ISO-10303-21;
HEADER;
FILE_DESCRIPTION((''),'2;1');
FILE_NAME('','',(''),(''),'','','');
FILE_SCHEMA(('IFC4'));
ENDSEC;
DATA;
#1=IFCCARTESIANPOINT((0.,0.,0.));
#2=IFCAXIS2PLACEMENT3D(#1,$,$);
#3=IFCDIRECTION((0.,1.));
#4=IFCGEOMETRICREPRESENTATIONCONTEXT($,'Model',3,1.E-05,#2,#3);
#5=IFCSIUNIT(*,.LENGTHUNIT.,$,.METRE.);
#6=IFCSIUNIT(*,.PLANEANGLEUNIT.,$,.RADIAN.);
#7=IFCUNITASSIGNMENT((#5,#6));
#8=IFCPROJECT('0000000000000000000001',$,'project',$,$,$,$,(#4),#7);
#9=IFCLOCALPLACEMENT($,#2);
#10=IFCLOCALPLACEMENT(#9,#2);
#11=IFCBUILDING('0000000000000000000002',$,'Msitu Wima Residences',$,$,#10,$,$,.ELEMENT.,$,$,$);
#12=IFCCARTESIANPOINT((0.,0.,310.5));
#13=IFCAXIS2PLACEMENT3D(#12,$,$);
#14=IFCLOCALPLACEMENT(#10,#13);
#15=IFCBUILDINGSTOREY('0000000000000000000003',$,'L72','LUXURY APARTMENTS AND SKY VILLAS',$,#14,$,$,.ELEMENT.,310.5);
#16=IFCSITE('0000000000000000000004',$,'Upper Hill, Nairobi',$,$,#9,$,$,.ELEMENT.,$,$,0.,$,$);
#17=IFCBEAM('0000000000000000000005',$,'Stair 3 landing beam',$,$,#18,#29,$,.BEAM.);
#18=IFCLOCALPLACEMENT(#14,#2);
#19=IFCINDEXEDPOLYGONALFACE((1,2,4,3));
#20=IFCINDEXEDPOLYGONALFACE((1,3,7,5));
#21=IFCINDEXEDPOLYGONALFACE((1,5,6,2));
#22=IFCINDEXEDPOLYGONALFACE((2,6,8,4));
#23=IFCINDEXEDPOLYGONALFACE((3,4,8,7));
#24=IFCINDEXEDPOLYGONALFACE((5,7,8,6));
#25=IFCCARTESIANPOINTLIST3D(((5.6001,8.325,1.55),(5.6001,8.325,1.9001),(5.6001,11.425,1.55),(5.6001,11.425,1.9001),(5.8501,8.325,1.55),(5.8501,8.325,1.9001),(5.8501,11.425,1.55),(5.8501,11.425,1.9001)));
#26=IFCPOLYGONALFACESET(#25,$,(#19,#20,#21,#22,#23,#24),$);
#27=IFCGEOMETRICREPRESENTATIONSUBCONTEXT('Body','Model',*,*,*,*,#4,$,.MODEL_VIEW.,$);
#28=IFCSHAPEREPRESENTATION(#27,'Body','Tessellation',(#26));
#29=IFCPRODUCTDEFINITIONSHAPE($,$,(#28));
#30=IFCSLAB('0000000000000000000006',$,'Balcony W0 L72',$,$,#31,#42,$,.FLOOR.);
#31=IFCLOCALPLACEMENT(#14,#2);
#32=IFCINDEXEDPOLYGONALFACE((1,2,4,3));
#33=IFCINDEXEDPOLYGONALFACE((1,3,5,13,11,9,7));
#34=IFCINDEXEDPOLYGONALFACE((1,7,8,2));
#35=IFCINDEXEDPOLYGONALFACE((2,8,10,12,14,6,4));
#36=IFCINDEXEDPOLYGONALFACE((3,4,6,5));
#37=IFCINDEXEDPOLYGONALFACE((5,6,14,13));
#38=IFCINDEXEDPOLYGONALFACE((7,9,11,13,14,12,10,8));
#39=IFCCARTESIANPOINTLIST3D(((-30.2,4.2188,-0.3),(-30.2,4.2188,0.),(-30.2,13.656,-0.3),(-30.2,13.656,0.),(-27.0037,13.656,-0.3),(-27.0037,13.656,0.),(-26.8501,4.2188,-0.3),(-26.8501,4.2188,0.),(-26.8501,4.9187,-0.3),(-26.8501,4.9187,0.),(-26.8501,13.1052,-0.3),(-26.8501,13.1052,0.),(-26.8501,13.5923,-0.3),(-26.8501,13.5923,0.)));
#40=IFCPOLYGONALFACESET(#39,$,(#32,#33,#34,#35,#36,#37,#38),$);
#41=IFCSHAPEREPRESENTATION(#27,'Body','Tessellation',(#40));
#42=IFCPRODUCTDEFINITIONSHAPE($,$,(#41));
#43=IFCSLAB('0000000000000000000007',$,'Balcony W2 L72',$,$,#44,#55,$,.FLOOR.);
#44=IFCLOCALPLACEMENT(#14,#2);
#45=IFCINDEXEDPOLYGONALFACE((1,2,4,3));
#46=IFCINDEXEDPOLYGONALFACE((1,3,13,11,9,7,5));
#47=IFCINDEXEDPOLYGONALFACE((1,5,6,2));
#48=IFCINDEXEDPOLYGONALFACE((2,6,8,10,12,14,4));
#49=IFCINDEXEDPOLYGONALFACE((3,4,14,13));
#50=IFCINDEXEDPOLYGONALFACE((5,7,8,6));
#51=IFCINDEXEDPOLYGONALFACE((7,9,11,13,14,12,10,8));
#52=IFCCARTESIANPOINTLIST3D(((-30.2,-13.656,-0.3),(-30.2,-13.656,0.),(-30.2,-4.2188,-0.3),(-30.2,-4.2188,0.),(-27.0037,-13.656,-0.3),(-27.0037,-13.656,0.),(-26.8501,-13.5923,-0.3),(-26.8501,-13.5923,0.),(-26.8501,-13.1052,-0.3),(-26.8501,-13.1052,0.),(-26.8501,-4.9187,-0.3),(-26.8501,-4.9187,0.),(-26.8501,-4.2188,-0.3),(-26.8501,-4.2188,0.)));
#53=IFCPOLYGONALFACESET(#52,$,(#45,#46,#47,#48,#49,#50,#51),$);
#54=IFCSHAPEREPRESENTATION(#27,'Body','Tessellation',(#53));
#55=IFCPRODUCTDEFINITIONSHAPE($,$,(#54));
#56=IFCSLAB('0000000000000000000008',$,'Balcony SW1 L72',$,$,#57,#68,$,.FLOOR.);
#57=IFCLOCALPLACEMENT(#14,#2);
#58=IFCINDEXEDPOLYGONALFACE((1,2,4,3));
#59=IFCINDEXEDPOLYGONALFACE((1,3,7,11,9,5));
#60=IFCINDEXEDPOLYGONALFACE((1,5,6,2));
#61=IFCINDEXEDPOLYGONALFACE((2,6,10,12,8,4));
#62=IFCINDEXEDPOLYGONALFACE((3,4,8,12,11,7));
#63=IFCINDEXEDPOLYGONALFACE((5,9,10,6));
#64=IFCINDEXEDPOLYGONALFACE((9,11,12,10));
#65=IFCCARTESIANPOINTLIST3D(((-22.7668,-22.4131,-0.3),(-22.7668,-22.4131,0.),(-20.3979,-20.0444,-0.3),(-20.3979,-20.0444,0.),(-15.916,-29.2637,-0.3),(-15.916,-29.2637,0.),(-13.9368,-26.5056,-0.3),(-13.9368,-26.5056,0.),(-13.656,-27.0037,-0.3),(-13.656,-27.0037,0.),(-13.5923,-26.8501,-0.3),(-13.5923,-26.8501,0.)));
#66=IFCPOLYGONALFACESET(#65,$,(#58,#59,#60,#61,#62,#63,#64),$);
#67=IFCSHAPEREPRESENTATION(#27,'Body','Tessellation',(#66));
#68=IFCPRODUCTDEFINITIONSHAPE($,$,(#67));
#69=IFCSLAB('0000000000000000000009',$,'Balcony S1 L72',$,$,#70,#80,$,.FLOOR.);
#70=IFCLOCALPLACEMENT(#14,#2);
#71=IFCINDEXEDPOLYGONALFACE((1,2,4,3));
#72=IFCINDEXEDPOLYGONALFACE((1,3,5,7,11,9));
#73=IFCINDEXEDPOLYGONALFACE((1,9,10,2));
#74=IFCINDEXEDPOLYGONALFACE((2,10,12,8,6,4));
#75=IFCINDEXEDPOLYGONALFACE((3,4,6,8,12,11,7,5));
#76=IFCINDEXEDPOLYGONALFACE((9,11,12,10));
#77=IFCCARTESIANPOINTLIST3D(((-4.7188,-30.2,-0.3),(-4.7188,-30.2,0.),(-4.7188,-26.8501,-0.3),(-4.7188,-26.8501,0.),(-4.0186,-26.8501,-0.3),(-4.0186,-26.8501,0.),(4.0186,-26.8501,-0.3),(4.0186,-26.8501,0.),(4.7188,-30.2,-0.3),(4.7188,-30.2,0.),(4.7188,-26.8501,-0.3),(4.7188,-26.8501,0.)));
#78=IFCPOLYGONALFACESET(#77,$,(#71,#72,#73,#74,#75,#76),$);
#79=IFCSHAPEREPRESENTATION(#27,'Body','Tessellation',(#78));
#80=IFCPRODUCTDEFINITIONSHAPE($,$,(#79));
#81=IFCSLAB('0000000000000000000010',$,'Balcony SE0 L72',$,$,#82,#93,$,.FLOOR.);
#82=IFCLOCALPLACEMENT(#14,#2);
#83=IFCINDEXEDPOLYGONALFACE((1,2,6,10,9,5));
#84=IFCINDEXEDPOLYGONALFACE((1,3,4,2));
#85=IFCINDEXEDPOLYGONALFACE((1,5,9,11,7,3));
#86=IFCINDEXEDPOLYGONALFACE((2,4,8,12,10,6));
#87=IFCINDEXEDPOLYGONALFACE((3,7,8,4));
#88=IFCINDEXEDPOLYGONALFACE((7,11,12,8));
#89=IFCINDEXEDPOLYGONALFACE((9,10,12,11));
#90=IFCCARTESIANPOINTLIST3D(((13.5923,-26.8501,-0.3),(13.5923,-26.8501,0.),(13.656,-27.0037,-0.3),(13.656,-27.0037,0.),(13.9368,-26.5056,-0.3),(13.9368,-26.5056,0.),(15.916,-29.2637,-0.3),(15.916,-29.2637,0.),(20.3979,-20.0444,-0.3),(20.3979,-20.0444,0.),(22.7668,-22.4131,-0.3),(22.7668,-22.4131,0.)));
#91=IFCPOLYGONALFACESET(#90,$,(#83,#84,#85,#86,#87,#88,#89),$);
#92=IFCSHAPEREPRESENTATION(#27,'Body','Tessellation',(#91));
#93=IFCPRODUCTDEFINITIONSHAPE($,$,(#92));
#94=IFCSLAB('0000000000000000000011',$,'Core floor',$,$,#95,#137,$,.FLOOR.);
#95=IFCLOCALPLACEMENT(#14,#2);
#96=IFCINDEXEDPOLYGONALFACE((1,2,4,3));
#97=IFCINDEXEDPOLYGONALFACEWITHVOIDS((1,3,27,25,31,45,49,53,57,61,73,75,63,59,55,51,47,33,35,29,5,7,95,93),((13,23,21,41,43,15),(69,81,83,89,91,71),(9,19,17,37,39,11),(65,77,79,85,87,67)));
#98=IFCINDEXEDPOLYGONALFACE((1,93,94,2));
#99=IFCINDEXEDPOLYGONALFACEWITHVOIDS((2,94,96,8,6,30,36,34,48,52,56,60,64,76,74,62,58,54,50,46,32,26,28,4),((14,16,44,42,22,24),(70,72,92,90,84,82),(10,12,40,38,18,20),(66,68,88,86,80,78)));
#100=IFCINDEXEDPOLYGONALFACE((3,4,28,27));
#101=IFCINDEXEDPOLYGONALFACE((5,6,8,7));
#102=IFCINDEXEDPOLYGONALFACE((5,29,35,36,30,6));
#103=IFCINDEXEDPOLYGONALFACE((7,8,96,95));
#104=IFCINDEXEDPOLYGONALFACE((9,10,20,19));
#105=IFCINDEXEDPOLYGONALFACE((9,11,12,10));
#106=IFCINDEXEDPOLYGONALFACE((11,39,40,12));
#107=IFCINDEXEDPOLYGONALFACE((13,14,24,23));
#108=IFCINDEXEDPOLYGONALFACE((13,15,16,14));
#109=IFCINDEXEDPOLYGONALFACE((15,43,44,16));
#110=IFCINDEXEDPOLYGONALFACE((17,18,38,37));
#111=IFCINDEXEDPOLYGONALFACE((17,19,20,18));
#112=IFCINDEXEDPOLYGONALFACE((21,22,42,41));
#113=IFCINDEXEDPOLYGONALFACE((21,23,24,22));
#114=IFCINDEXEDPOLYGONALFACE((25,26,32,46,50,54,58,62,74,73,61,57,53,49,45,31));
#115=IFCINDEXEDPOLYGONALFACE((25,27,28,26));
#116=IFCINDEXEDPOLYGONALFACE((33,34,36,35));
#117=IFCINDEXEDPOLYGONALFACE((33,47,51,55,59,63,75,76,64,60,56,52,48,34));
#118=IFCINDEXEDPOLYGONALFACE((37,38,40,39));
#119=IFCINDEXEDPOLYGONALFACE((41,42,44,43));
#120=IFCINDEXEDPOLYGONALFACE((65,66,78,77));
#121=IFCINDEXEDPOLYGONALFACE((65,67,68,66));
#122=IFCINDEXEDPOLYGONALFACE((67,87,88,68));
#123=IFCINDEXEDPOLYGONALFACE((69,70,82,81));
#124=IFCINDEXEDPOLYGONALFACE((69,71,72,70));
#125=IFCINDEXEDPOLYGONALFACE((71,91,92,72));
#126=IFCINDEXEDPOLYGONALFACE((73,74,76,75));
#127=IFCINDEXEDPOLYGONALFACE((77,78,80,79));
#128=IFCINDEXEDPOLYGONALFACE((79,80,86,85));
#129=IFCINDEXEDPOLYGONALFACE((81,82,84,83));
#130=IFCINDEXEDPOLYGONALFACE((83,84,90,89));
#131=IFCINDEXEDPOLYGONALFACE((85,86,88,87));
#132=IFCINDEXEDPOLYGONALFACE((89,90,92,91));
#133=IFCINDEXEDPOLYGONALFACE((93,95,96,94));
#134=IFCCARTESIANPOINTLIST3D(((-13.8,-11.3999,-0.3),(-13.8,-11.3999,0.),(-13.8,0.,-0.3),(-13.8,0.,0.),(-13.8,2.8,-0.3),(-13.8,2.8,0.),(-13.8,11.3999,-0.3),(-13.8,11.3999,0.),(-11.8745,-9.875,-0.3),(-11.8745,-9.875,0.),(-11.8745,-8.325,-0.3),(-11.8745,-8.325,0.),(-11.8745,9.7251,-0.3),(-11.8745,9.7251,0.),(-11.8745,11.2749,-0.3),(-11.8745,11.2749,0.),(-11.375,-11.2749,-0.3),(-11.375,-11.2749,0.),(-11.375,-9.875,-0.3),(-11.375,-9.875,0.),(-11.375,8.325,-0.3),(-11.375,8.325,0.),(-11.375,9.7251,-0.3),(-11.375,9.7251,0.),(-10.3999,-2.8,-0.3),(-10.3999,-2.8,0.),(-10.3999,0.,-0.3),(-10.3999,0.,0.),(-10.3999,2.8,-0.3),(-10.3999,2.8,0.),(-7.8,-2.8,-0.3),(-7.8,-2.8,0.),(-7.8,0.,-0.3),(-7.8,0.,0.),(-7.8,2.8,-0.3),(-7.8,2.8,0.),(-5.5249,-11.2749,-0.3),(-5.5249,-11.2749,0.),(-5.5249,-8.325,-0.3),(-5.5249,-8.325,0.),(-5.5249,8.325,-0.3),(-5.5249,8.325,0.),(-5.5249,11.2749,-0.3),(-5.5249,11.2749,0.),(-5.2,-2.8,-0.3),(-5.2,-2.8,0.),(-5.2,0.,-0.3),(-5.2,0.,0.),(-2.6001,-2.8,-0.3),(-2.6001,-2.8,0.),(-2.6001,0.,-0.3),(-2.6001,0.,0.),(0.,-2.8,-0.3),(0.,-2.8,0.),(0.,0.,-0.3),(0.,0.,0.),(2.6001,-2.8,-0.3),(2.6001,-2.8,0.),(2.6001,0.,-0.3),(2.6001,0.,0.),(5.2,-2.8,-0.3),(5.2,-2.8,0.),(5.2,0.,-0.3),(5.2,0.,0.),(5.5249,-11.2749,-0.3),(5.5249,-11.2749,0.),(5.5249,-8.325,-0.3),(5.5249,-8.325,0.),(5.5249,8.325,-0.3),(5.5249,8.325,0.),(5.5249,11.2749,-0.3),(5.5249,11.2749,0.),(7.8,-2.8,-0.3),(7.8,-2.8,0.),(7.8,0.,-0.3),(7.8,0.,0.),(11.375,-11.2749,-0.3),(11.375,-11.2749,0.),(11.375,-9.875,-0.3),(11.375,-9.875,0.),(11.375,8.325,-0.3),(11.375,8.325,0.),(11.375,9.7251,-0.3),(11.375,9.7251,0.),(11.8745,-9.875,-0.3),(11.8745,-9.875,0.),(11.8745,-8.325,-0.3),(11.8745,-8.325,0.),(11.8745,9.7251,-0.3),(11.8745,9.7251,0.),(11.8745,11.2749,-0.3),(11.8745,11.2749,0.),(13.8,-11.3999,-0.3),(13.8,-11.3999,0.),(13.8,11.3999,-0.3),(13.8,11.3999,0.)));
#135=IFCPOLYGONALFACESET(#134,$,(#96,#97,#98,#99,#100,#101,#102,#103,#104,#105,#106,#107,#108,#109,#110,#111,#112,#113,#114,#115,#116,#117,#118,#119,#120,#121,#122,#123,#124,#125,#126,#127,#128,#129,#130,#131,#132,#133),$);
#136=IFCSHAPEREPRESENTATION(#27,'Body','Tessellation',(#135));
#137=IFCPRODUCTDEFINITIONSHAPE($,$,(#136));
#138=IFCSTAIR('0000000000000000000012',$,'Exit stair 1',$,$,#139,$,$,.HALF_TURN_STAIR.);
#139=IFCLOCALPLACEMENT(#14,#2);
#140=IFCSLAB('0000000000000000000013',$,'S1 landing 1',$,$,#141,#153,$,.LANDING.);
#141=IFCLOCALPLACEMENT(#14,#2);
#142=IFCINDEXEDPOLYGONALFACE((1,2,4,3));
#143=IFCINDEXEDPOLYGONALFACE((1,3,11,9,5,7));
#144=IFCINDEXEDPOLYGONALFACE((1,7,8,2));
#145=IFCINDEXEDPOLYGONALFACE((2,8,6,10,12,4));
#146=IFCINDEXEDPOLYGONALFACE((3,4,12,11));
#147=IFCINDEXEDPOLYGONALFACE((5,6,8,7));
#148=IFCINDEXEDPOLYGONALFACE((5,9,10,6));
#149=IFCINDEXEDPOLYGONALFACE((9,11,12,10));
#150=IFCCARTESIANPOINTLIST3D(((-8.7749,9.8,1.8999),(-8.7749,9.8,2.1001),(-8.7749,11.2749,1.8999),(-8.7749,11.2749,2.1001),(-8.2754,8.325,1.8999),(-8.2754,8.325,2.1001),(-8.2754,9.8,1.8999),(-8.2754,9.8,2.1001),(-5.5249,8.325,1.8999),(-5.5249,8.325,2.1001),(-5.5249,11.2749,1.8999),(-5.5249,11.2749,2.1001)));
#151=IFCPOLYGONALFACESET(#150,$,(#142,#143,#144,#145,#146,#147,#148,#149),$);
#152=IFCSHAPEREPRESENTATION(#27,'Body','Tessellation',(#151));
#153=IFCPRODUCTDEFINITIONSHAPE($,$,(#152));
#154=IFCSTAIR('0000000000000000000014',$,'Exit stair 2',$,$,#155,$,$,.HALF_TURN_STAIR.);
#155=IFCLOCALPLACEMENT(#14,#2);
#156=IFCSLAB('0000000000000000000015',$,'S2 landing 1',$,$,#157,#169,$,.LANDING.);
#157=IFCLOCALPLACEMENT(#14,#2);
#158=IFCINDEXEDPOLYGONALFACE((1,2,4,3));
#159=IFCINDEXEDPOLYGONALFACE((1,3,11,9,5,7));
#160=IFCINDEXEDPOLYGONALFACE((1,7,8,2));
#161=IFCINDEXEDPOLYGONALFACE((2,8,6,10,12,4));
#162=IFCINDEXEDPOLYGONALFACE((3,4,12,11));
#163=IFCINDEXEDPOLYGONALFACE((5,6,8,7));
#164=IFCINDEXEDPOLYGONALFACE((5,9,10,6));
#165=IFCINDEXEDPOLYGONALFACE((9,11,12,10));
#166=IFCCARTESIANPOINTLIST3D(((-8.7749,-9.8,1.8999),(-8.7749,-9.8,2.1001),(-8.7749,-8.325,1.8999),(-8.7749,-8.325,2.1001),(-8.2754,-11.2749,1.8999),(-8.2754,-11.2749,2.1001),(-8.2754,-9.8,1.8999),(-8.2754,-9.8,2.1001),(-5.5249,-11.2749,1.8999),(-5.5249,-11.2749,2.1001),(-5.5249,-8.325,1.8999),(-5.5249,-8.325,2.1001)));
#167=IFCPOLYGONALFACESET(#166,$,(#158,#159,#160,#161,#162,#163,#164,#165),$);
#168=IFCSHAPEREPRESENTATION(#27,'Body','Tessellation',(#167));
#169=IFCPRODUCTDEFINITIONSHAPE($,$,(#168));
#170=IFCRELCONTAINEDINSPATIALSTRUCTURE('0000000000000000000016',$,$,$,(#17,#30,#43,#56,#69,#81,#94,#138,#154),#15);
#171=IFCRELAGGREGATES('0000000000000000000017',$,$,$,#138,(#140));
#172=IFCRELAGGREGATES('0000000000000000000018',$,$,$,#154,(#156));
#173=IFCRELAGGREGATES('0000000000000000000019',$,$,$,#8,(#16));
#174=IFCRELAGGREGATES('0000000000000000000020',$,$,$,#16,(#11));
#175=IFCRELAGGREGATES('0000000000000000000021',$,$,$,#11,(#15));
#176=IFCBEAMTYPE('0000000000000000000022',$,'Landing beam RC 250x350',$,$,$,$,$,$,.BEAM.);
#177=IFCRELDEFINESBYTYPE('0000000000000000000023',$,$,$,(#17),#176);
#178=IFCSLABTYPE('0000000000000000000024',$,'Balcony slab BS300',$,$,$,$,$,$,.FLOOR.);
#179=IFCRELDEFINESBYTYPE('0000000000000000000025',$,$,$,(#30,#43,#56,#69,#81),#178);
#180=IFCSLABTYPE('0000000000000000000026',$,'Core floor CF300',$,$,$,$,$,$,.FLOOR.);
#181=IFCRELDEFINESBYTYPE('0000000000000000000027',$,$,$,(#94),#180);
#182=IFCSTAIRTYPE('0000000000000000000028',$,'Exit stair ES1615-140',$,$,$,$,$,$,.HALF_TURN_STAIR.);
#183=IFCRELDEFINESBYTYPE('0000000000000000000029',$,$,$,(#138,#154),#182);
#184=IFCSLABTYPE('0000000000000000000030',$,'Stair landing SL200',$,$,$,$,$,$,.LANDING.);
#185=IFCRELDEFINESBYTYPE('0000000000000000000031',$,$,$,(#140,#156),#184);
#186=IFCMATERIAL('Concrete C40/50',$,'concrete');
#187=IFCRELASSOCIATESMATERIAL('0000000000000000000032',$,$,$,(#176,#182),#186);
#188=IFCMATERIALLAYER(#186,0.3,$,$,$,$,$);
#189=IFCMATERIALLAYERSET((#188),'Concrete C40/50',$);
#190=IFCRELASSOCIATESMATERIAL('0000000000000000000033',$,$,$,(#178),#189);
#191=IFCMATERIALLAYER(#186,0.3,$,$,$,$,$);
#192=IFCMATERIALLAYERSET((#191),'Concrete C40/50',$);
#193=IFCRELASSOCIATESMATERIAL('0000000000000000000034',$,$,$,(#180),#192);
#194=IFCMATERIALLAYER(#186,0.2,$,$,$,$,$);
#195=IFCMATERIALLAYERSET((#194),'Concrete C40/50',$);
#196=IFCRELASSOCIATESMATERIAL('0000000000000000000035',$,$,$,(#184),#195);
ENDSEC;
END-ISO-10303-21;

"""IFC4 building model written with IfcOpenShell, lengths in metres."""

from ifc_helpers import new_model, si_unit, direction, frame, origin, origin_2d, place, context, subcontext, project, spatial, polyline, rectangle, outline, extrude, material, layer, layer_set, material_profile, profile_set, type_object, element, aggregate, save


model = new_model("IFC4")

# Units and contexts
model_context = context("Model", 3, precision=1e-05, world=origin(), true_north=direction((0.0, 1.0)))
body_context = subcontext(model_context, "Body", "Model", "MODEL_VIEW")
ifc_project = project(units=[si_unit("LENGTHUNIT", "METRE"), si_unit("PLANEANGLEUNIT", "RADIAN")], contexts=[model_context])

# Site, building, storey
site_placement = place(None, origin())
site = spatial("IfcSite", under=ifc_project, at=site_placement, Name="Upper Hill, Nairobi", CompositionType="ELEMENT", RefElevation=0.0)
building_placement = place(site_placement, origin())
building = spatial("IfcBuilding", under=site, at=building_placement, Name="Msitu Wima Residences", CompositionType="ELEMENT")
storey_placement = place(building_placement, frame((0.0, 0.0, 310.5)))
storey = spatial("IfcBuildingStorey", under=building, at=storey_placement, Name="L72", Description="LUXURY APARTMENTS AND SKY VILLAS", CompositionType="ELEMENT", Elevation=310.5)

# Beam
ifc_material_1 = material(Name="Concrete C40/50", Category="concrete")
ifc_material_profile = material_profile(ifc_material_1, rectangle(XDim=0.25, YDim=0.3501, at=origin_2d()), Name="RC 250x350")
ifc_profile_set = profile_set([ifc_material_profile], Name="Concrete C40/50")
beam_type = type_object("IfcBeamType", Name="Landing beam RC 250x350", PredefinedType="BEAM", material=ifc_profile_set)
beam_placement = place(storey_placement, frame((5.7251, 8.325, 1.7251), z_axis=(0.0, 1.0, 0.0), x_axis=(-1.0, 0.0, 0.0)))
element("IfcBeam", 1, at=beam_placement, inside=storey, type_object=beam_type, Name="Stair 3 landing beam", PredefinedType="BEAM", context=body_context, shape_type="SweptSolid", body=[
    extrude(rectangle(XDim=0.25, YDim=0.3501, at=origin_2d()), origin(), (0.0, 0.0, 1.0), 3.1001),
])

# Slabs
ifc_layer_1 = layer(ifc_material_1, 0.3)
ifc_layer_set_1 = layer_set([ifc_layer_1], Name="Concrete C40/50")
slab_type_1 = type_object("IfcSlabType", Name="Balcony slab BS300", PredefinedType="FLOOR", material=ifc_layer_set_1)
slab_1_placement = place(storey_placement, frame((0.0, 0.0, -0.3)))
element("IfcSlab", 2, at=slab_1_placement, inside=storey, type_object=slab_type_1, Name="Balcony W0 L72", PredefinedType="FLOOR", context=body_context, shape_type="SweptSolid", body=[
    extrude(outline(polyline([(-26.8501, 13.1052), (-26.8501, 13.1052), (-26.8501, 4.9187), (-26.8501, 4.2188), (-30.2, 4.2188), (-30.2, 13.656), (-27.0037, 13.656), (-26.8501, 13.5923), (-26.8501, 13.1052), (-26.8501, 13.1052)])), origin(), (0.0, 0.0, 1.0), 0.3),
])
slab_2_placement = place(storey_placement, frame((0.0, 0.0, -0.3)))
element("IfcSlab", 3, at=slab_2_placement, inside=storey, type_object=slab_type_1, Name="Balcony W2 L72", PredefinedType="FLOOR", context=body_context, shape_type="SweptSolid", body=[
    extrude(outline(polyline([(-26.8501, -13.1052), (-26.8501, -13.1052), (-26.8501, -13.1052), (-26.8501, -13.5923), (-27.0037, -13.656), (-30.2, -13.656), (-30.2, -4.2188), (-26.8501, -4.2188), (-26.8501, -4.9187), (-26.8501, -13.1052)])), origin(), (0.0, 0.0, 1.0), 0.3),
])
slab_3_placement = place(storey_placement, frame((0.0, 0.0, -0.3)))
element("IfcSlab", 4, at=slab_3_placement, inside=storey, type_object=slab_type_1, Name="Balcony SW1 L72", PredefinedType="FLOOR", context=body_context, shape_type="SweptSolid", body=[
    extrude(outline(polyline([(-13.9368, -26.5056), (-13.9368, -26.5056), (-13.5923, -26.8501), (-13.656, -27.0037), (-15.916, -29.2637), (-22.7668, -22.4131), (-20.3979, -20.0444), (-13.9368, -26.5056), (-13.9368, -26.5056)])), origin(), (0.0, 0.0, 1.0), 0.3),
])
slab_4_placement = place(storey_placement, frame((0.0, 0.0, -0.3)))
element("IfcSlab", 5, at=slab_4_placement, inside=storey, type_object=slab_type_1, Name="Balcony S1 L72", PredefinedType="FLOOR", context=body_context, shape_type="SweptSolid", body=[
    extrude(outline(polyline([(-4.0186, -26.8501), (4.0186, -26.8501), (4.7188, -26.8501), (4.7188, -30.2), (-4.7188, -30.2), (-4.7188, -26.8501), (-4.0186, -26.8501)])), origin(), (0.0, 0.0, 1.0), 0.3),
])
slab_5_placement = place(storey_placement, frame((0.0, 0.0, -0.3)))
element("IfcSlab", 6, at=slab_5_placement, inside=storey, type_object=slab_type_1, Name="Balcony SE0 L72", PredefinedType="FLOOR", context=body_context, shape_type="SweptSolid", body=[
    extrude(outline(polyline([(13.9368, -26.5056), (13.9368, -26.5056), (20.3979, -20.0444), (22.7668, -22.4131), (15.916, -29.2637), (13.656, -27.0037), (13.5923, -26.8501), (13.9368, -26.5056), (13.9368, -26.5056)])), origin(), (0.0, 0.0, 1.0), 0.3),
])
ifc_layer_2 = layer(ifc_material_1, 0.3)
ifc_layer_set_2 = layer_set([ifc_layer_2], Name="Concrete C40/50")
slab_type_2 = type_object("IfcSlabType", Name="Core floor CF300", PredefinedType="FLOOR", material=ifc_layer_set_2)
slab_6_placement = place(storey_placement, frame((0.0, 0.0, -0.3)))
element("IfcSlab", 7, at=slab_6_placement, inside=storey, type_object=slab_type_2, Name="Core floor", PredefinedType="FLOOR", context=body_context, shape_type="SweptSolid", body=[
    extrude(outline(polyline([(-13.8, 11.3999), (-13.8, 2.8), (-10.3999, 2.8), (-7.8, 2.8), (-7.8, 0.0), (-5.2, 0.0), (-2.6001, 0.0), (0.0, 0.0), (2.6001, 0.0), (5.2, 0.0), (7.8, 0.0), (7.8, -2.8), (5.2, -2.8), (2.6001, -2.8), (0.0, -2.8), (-2.6001, -2.8), (-5.2, -2.8), (-7.8, -2.8), (-10.3999, -2.8), (-10.3999, 0.0), (-13.8, 0.0), (-13.8, -11.3999), (13.8, -11.3999), (13.8, 11.3999), (-13.8, 11.3999)]), holes=[polyline([(-11.375, -11.2749), (-11.375, -9.875), (-11.8745, -9.875), (-11.8745, -8.325), (-5.5249, -8.325), (-5.5249, -11.2749), (-11.375, -11.2749)]), polyline([(-11.375, 8.325), (-11.375, 9.7251), (-11.8745, 9.7251), (-11.8745, 11.2749), (-5.5249, 11.2749), (-5.5249, 8.325), (-11.375, 8.325)]), polyline([(11.375, -9.875), (11.375, -11.2749), (5.5249, -11.2749), (5.5249, -8.325), (11.8745, -8.325), (11.8745, -9.875), (11.375, -9.875)]), polyline([(11.375, 9.7251), (11.375, 8.325), (5.5249, 8.325), (5.5249, 11.2749), (11.8745, 11.2749), (11.8745, 9.7251), (11.375, 9.7251)])]), origin(), (0.0, 0.0, 1.0), 0.3),
])

# Stairs, slabs
stair_type = type_object("IfcStairType", Name="Exit stair ES1615-140", PredefinedType="HALF_TURN_STAIR", material=ifc_material_1)
stair_1_placement = place(storey_placement, origin())
stair_1 = element("IfcStair", 8, at=stair_1_placement, inside=storey, type_object=stair_type, Name="Exit stair 1", PredefinedType="HALF_TURN_STAIR")
ifc_layer_3 = layer(ifc_material_1, 0.2)
ifc_layer_set_3 = layer_set([ifc_layer_3], Name="Concrete C40/50")
slab_type_3 = type_object("IfcSlabType", Name="Stair landing SL200", PredefinedType="LANDING", material=ifc_layer_set_3)
slab_7_placement = place(storey_placement, frame((0.0, 0.0, 1.8999)))
slab_7 = element("IfcSlab", 9, at=slab_7_placement, type_object=slab_type_3, Name="S1 landing 1", PredefinedType="LANDING", context=body_context, shape_type="SweptSolid", body=[
    extrude(outline(polyline([(-5.5249, 8.325), (-8.2754, 8.325), (-8.2754, 9.8), (-8.7749, 9.8), (-8.7749, 11.2749), (-5.5249, 11.2749), (-5.5249, 8.325)])), origin(), (0.0, 0.0, 1.0), 0.2002),
])
aggregate(stair_1, [slab_7])
stair_2_placement = place(storey_placement, origin())
stair_2 = element("IfcStair", 10, at=stair_2_placement, inside=storey, type_object=stair_type, Name="Exit stair 2", PredefinedType="HALF_TURN_STAIR")
slab_8_placement = place(storey_placement, frame((0.0, 0.0, 1.8999)))
slab_8 = element("IfcSlab", 11, at=slab_8_placement, type_object=slab_type_3, Name="S2 landing 1", PredefinedType="LANDING", context=body_context, shape_type="SweptSolid", body=[
    extrude(outline(polyline([(-5.5249, -11.2749), (-8.2754, -11.2749), (-8.2754, -9.8), (-8.7749, -9.8), (-8.7749, -8.325), (-5.5249, -8.325), (-5.5249, -11.2749)])), origin(), (0.0, 0.0, 1.0), 0.2002),
])
aggregate(stair_2, [slab_8])

save(model, "model.ifc")
